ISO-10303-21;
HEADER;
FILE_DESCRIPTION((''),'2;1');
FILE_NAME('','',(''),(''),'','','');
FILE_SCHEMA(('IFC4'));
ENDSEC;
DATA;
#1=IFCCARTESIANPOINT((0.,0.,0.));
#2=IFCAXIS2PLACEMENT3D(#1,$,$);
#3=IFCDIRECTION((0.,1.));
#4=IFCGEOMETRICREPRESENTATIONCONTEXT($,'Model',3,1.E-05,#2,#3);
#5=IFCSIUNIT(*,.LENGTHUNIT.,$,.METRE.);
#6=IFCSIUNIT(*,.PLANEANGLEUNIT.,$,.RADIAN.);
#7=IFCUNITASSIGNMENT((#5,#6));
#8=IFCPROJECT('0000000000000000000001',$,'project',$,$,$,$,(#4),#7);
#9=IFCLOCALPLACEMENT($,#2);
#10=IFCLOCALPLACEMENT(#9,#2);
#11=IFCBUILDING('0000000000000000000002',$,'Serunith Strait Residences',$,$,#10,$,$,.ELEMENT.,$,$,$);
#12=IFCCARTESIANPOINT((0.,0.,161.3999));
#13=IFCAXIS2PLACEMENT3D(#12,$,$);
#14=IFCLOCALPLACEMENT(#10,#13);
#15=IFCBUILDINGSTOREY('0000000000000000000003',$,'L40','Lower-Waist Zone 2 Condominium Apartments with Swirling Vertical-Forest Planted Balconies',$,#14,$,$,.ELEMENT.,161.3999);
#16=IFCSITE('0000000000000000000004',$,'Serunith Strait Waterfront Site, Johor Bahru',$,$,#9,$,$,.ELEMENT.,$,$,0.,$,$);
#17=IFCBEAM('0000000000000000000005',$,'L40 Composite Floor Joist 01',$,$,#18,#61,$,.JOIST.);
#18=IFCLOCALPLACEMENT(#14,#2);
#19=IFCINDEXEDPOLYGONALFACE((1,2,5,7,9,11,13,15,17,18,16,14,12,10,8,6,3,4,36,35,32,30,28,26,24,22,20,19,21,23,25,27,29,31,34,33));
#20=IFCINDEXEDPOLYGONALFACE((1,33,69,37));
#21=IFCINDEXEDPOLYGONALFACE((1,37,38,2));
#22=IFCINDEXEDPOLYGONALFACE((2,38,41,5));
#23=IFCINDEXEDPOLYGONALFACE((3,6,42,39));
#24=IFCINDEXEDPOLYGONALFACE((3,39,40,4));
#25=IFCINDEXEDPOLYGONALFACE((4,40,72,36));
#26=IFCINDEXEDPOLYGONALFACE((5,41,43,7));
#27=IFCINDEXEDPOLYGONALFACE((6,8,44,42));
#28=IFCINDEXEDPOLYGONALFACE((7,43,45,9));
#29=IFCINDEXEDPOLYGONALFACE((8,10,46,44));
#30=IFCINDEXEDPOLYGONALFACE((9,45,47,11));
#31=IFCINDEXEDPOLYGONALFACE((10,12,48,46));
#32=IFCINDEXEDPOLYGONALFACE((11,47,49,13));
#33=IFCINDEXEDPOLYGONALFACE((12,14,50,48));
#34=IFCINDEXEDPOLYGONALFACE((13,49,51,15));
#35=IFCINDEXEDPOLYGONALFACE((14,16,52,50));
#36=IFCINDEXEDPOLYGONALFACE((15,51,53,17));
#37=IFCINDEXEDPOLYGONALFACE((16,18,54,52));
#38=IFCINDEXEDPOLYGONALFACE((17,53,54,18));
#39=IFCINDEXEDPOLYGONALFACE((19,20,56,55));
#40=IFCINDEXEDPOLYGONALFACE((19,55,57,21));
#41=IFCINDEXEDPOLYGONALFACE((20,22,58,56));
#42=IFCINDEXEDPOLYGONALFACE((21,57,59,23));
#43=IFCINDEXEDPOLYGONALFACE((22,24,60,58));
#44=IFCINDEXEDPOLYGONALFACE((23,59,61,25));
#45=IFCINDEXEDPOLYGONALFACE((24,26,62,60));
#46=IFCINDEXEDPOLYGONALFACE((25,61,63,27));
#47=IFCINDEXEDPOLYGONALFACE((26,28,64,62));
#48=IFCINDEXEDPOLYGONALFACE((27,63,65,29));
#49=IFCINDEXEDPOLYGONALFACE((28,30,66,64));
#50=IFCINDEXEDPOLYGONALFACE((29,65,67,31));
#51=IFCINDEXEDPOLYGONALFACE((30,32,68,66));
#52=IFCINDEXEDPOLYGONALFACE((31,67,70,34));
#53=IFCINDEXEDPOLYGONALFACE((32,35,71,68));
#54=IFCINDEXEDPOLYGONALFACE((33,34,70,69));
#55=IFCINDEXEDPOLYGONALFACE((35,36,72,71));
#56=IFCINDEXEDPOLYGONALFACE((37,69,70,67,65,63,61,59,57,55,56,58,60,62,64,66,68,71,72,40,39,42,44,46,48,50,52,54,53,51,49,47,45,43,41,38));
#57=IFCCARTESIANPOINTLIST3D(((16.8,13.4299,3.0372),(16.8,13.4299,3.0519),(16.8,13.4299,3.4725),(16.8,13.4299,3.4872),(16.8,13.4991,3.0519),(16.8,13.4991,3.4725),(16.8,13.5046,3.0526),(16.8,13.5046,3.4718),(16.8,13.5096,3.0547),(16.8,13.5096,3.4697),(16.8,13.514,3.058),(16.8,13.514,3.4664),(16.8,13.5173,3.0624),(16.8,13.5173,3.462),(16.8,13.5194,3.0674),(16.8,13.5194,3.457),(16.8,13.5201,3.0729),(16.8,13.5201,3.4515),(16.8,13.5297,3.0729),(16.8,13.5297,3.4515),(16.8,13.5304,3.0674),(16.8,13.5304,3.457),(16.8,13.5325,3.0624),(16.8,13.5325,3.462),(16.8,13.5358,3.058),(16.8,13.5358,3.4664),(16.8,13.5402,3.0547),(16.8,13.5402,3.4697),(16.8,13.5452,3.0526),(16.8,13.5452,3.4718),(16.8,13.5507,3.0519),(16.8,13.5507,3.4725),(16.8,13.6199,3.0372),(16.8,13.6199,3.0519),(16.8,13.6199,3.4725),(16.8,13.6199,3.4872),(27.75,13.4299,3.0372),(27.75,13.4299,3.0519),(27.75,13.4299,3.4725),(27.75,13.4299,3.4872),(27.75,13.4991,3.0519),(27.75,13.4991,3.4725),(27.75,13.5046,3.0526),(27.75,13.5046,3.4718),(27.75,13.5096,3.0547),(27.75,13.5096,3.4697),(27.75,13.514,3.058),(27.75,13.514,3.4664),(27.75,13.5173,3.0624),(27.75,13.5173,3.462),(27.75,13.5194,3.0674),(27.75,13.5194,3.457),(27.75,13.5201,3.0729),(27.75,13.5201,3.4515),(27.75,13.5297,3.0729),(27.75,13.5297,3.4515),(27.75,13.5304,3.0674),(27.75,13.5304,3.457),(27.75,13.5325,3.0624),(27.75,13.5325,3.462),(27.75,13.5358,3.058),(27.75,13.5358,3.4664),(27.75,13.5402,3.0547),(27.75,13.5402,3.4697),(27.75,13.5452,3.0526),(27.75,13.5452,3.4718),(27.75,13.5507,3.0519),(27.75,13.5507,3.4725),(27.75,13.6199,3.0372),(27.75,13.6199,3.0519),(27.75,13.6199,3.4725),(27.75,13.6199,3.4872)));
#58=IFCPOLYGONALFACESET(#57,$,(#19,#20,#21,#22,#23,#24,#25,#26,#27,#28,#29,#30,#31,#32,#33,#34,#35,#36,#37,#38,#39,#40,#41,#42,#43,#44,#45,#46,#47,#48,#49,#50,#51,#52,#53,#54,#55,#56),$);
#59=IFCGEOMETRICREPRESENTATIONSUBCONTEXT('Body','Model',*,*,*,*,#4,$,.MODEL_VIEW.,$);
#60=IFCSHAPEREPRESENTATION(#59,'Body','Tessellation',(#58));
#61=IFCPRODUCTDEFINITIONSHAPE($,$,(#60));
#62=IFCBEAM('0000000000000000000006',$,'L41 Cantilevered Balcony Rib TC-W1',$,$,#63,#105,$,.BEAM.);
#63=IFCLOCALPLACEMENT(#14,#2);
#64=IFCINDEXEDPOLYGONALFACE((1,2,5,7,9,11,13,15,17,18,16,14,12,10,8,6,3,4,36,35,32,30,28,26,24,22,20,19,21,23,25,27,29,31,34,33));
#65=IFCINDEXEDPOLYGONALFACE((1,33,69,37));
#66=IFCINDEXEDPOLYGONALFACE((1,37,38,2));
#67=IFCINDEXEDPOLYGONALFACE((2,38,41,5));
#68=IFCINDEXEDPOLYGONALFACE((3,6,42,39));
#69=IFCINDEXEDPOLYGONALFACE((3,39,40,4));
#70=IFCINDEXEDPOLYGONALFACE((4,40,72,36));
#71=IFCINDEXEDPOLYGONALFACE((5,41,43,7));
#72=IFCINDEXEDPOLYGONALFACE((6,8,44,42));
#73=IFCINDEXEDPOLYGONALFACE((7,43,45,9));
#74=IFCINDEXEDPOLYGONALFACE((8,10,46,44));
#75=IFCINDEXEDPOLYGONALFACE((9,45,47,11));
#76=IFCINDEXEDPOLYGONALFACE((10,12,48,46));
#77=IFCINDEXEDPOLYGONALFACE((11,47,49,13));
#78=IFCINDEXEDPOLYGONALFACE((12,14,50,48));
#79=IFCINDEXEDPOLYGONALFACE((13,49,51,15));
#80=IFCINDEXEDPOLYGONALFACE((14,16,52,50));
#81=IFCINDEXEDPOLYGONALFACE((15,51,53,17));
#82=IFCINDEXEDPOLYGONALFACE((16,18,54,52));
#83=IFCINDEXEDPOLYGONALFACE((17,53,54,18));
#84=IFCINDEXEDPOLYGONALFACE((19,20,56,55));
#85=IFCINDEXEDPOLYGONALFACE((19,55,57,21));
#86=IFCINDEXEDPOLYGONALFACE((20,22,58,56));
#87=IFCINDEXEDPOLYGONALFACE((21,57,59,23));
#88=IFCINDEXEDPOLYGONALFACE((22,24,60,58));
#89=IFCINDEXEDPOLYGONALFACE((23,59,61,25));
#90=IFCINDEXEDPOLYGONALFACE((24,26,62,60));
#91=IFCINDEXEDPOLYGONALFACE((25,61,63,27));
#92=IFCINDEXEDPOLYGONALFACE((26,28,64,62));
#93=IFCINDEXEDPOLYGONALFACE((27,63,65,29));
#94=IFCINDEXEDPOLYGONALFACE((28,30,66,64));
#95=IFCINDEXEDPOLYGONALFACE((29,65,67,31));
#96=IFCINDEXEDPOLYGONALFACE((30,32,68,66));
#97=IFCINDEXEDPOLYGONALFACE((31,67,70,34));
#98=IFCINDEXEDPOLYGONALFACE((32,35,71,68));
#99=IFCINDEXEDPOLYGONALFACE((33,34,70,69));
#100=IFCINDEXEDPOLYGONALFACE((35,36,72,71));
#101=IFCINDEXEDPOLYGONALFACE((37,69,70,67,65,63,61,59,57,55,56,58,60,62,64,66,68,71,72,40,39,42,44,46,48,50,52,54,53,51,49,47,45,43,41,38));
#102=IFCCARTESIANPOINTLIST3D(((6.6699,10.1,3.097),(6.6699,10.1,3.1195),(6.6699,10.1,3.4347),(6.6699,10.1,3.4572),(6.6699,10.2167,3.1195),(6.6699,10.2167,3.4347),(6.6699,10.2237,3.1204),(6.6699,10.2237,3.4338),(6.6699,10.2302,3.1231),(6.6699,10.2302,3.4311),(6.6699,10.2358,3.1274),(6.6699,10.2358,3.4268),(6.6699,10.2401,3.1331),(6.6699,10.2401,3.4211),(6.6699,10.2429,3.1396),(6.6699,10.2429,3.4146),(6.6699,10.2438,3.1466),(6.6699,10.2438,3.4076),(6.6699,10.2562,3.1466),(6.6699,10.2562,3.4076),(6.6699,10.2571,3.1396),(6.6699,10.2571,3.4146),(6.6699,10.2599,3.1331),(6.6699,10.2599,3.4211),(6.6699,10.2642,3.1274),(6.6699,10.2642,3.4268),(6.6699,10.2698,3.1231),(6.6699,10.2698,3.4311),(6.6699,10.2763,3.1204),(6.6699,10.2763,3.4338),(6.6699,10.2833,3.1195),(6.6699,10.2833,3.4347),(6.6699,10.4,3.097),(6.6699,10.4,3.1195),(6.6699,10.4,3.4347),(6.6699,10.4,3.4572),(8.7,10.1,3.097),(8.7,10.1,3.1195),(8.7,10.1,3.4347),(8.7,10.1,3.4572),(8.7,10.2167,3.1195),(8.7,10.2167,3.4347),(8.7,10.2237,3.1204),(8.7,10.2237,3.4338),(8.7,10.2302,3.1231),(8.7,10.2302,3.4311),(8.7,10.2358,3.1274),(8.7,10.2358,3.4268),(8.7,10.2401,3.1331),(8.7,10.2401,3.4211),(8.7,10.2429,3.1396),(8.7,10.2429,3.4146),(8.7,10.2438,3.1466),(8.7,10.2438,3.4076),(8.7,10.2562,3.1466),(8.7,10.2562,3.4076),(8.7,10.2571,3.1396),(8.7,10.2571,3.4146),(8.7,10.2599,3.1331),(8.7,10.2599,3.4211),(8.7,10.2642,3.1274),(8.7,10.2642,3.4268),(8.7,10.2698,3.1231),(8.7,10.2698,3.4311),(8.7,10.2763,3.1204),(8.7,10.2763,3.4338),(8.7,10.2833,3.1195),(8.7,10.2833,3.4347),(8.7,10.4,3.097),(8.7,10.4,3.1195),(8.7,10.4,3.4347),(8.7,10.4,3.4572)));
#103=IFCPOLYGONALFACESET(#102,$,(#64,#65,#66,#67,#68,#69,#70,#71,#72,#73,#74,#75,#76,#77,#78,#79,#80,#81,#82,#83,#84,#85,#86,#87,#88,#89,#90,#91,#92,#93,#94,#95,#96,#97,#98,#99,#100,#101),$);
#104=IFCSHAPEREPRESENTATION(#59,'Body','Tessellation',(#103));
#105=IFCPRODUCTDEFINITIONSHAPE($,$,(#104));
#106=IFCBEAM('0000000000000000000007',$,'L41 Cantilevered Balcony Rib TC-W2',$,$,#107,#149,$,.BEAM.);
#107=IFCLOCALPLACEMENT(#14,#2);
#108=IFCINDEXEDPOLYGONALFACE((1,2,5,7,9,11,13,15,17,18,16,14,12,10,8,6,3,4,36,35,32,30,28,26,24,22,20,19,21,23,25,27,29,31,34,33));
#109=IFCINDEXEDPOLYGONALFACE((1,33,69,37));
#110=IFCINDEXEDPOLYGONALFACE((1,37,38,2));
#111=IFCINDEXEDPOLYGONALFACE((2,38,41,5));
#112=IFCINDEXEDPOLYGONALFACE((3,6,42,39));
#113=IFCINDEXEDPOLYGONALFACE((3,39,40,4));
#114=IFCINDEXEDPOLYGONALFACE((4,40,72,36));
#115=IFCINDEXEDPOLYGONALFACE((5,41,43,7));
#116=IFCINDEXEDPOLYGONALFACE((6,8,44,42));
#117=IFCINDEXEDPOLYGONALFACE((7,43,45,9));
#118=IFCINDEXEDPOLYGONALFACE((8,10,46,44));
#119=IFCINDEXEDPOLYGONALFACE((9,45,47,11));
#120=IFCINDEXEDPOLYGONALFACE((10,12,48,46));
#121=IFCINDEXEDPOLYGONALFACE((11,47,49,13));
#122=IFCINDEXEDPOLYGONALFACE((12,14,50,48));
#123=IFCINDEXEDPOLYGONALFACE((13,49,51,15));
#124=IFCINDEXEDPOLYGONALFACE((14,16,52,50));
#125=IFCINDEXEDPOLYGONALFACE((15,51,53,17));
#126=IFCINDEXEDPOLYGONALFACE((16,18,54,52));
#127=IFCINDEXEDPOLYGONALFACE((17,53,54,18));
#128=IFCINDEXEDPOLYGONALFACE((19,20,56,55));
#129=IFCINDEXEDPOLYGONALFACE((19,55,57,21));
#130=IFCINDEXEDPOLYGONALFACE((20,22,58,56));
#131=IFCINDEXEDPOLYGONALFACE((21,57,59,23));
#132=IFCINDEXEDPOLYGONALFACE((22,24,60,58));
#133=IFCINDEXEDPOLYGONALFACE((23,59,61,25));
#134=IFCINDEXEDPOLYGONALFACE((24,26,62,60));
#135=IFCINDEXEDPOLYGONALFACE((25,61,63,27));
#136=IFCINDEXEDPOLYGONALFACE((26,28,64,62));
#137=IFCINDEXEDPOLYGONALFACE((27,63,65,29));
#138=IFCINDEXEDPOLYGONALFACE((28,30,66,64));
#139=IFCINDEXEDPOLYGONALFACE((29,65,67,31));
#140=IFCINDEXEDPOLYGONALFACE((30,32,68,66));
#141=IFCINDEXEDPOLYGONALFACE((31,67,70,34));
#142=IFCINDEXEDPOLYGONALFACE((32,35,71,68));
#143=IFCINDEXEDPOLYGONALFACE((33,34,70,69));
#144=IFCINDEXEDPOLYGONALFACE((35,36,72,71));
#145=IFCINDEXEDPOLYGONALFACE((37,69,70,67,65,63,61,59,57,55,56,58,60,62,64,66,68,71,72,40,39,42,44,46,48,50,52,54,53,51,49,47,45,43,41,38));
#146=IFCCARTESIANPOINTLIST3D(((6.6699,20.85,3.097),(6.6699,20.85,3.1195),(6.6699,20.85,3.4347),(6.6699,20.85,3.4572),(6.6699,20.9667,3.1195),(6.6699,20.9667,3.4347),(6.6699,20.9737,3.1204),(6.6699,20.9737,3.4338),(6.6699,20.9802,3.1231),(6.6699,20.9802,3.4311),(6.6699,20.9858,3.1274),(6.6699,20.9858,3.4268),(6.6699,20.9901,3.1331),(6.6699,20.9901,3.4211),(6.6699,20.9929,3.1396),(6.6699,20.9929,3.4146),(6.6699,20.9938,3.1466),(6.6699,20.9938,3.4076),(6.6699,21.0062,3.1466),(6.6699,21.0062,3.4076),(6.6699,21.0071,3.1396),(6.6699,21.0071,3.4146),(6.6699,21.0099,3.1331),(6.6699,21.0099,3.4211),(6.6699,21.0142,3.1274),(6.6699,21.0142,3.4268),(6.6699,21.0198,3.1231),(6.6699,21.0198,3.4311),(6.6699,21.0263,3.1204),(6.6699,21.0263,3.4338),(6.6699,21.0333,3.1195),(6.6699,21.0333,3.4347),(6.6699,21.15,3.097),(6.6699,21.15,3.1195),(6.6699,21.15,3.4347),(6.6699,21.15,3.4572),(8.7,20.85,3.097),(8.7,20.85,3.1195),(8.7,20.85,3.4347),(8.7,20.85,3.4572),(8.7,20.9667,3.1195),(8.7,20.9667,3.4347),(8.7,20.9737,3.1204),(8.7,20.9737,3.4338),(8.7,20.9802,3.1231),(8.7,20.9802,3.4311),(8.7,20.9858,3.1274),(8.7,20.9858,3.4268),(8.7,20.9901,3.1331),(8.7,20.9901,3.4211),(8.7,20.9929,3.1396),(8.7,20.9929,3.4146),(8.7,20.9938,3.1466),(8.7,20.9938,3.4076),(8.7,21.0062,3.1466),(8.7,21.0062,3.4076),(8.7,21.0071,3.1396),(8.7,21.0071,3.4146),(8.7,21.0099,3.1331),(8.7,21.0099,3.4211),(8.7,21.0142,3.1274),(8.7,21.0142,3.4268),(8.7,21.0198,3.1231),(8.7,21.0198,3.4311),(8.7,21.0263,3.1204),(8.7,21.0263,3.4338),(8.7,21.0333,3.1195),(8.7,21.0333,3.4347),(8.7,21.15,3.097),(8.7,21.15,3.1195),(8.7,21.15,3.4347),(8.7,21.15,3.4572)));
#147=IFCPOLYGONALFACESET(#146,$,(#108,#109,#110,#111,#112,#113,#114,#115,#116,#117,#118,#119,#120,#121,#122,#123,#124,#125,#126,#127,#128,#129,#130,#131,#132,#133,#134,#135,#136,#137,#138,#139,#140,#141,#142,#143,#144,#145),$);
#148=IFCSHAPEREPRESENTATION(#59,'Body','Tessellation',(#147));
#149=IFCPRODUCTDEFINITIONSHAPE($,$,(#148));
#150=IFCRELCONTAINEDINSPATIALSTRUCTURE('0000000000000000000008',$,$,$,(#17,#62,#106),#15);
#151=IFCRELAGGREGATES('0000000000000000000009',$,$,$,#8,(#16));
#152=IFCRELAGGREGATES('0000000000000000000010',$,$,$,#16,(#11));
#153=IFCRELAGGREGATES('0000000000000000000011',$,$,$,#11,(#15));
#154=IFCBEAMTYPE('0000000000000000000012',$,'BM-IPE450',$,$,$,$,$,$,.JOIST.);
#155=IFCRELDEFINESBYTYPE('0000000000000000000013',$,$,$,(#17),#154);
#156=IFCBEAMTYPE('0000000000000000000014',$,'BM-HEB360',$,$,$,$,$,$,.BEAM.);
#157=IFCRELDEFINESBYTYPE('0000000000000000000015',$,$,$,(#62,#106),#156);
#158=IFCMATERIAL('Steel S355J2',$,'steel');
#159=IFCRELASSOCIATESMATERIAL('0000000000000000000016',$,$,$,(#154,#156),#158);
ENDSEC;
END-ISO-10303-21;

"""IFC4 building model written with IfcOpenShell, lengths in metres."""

from ifc_helpers import new_model, si_unit, direction, frame, origin, origin_2d, place, context, subcontext, project, spatial, i_section, extrude, source, transform, mapped, material, material_profile, profile_set, type_object, element, save


model = new_model("IFC4")

# Units and contexts
model_context = context("Model", 3, precision=1e-05, world=origin(), true_north=direction((0.0, 1.0)))
body_context = subcontext(model_context, "Body", "Model", "MODEL_VIEW")
ifc_project = project(units=[si_unit("LENGTHUNIT", "METRE"), si_unit("PLANEANGLEUNIT", "RADIAN")], contexts=[model_context])

# Site, building, storey
site_placement = place(None, origin())
site = spatial("IfcSite", under=ifc_project, at=site_placement, Name="Serunith Strait Waterfront Site, Johor Bahru", CompositionType="ELEMENT", RefElevation=0.0)
building_placement = place(site_placement, origin())
building = spatial("IfcBuilding", under=site, at=building_placement, Name="Serunith Strait Residences", CompositionType="ELEMENT")
storey_placement = place(building_placement, frame((0.0, 0.0, 161.3999)))
storey = spatial("IfcBuildingStorey", under=building, at=storey_placement, Name="L40", Description="Lower-Waist Zone 2 Condominium Apartments with Swirling Vertical-Forest Planted Balconies", CompositionType="ELEMENT", Elevation=161.3999)

# Beams
ifc_material_1 = material(Name="Steel S355J2", Category="steel")
ifc_material_profile_1 = material_profile(ifc_material_1, i_section(OverallWidth=0.1899, OverallDepth=0.45, WebThickness=0.0095, FlangeThickness=0.0146, FilletRadius=0.021, at=origin_2d()), Name="IPE 450")
ifc_profile_set_1 = profile_set([ifc_material_profile_1], Name="Steel S355J2")
beam_type_1 = type_object("IfcBeamType", Name="BM-IPE450", PredefinedType="JOIST", material=ifc_profile_set_1)
shared_shape_1 = source(origin(), body_context, "Body", "SweptSolid", [
    extrude(i_section(OverallWidth=0.1899, OverallDepth=0.45, WebThickness=0.0095, FlangeThickness=0.0146, FilletRadius=0.021, at=origin_2d()), origin(), (0.0, 0.0, 1.0), 10.95),
])
beam_1_placement = place(storey_placement, frame((16.8, 13.5249, 3.2622), z_axis=(1.0, 0.0, 0.0), x_axis=(0.0, 1.0, 0.0)))
element("IfcBeam", 1, at=beam_1_placement, inside=storey, type_object=beam_type_1, Name="L40 Composite Floor Joist 01", PredefinedType="JOIST", context=body_context, shape_type="MappedRepresentation", body=[
    mapped(shared_shape_1, transform((0.0, 0.0, 0.0), scale=1.0)),
])
ifc_material_profile_2 = material_profile(ifc_material_1, i_section(OverallWidth=0.3, OverallDepth=0.3601, WebThickness=0.0125, FlangeThickness=0.0225, FilletRadius=0.0271, at=origin_2d()), Name="HEB 360")
ifc_profile_set_2 = profile_set([ifc_material_profile_2], Name="Steel S355J2")
beam_type_2 = type_object("IfcBeamType", Name="BM-HEB360", PredefinedType="BEAM", material=ifc_profile_set_2)
shared_shape_2 = source(origin(), body_context, "Body", "SweptSolid", [
    extrude(i_section(OverallWidth=0.3, OverallDepth=0.3601, WebThickness=0.0125, FlangeThickness=0.0225, FilletRadius=0.0271, at=origin_2d()), origin(), (0.0, 0.0, 1.0), 2.03),
])
for number, where, z_axis, x_axis, name in (
    (2, (8.7, 10.25, 3.2771), (-1.0, 0.0, 0.0), (0.0, -1.0, 0.0), "L41 Cantilevered Balcony Rib TC-W1"),
    (3, (8.7, 21.0, 3.2771), (-1.0, 0.0, 0.0), (0.0, -1.0, 0.0), "L41 Cantilevered Balcony Rib TC-W2"),
):
    element("IfcBeam", number, at=place(storey_placement, frame(where, z_axis=z_axis, x_axis=x_axis)), inside=storey, type_object=beam_type_2, Name=name, PredefinedType="BEAM", context=body_context, shape_type="MappedRepresentation", body=[
        mapped(shared_shape_2, transform((0.0, 0.0, 0.0), scale=1.0)),
    ])

save(model, "model.ifc")
